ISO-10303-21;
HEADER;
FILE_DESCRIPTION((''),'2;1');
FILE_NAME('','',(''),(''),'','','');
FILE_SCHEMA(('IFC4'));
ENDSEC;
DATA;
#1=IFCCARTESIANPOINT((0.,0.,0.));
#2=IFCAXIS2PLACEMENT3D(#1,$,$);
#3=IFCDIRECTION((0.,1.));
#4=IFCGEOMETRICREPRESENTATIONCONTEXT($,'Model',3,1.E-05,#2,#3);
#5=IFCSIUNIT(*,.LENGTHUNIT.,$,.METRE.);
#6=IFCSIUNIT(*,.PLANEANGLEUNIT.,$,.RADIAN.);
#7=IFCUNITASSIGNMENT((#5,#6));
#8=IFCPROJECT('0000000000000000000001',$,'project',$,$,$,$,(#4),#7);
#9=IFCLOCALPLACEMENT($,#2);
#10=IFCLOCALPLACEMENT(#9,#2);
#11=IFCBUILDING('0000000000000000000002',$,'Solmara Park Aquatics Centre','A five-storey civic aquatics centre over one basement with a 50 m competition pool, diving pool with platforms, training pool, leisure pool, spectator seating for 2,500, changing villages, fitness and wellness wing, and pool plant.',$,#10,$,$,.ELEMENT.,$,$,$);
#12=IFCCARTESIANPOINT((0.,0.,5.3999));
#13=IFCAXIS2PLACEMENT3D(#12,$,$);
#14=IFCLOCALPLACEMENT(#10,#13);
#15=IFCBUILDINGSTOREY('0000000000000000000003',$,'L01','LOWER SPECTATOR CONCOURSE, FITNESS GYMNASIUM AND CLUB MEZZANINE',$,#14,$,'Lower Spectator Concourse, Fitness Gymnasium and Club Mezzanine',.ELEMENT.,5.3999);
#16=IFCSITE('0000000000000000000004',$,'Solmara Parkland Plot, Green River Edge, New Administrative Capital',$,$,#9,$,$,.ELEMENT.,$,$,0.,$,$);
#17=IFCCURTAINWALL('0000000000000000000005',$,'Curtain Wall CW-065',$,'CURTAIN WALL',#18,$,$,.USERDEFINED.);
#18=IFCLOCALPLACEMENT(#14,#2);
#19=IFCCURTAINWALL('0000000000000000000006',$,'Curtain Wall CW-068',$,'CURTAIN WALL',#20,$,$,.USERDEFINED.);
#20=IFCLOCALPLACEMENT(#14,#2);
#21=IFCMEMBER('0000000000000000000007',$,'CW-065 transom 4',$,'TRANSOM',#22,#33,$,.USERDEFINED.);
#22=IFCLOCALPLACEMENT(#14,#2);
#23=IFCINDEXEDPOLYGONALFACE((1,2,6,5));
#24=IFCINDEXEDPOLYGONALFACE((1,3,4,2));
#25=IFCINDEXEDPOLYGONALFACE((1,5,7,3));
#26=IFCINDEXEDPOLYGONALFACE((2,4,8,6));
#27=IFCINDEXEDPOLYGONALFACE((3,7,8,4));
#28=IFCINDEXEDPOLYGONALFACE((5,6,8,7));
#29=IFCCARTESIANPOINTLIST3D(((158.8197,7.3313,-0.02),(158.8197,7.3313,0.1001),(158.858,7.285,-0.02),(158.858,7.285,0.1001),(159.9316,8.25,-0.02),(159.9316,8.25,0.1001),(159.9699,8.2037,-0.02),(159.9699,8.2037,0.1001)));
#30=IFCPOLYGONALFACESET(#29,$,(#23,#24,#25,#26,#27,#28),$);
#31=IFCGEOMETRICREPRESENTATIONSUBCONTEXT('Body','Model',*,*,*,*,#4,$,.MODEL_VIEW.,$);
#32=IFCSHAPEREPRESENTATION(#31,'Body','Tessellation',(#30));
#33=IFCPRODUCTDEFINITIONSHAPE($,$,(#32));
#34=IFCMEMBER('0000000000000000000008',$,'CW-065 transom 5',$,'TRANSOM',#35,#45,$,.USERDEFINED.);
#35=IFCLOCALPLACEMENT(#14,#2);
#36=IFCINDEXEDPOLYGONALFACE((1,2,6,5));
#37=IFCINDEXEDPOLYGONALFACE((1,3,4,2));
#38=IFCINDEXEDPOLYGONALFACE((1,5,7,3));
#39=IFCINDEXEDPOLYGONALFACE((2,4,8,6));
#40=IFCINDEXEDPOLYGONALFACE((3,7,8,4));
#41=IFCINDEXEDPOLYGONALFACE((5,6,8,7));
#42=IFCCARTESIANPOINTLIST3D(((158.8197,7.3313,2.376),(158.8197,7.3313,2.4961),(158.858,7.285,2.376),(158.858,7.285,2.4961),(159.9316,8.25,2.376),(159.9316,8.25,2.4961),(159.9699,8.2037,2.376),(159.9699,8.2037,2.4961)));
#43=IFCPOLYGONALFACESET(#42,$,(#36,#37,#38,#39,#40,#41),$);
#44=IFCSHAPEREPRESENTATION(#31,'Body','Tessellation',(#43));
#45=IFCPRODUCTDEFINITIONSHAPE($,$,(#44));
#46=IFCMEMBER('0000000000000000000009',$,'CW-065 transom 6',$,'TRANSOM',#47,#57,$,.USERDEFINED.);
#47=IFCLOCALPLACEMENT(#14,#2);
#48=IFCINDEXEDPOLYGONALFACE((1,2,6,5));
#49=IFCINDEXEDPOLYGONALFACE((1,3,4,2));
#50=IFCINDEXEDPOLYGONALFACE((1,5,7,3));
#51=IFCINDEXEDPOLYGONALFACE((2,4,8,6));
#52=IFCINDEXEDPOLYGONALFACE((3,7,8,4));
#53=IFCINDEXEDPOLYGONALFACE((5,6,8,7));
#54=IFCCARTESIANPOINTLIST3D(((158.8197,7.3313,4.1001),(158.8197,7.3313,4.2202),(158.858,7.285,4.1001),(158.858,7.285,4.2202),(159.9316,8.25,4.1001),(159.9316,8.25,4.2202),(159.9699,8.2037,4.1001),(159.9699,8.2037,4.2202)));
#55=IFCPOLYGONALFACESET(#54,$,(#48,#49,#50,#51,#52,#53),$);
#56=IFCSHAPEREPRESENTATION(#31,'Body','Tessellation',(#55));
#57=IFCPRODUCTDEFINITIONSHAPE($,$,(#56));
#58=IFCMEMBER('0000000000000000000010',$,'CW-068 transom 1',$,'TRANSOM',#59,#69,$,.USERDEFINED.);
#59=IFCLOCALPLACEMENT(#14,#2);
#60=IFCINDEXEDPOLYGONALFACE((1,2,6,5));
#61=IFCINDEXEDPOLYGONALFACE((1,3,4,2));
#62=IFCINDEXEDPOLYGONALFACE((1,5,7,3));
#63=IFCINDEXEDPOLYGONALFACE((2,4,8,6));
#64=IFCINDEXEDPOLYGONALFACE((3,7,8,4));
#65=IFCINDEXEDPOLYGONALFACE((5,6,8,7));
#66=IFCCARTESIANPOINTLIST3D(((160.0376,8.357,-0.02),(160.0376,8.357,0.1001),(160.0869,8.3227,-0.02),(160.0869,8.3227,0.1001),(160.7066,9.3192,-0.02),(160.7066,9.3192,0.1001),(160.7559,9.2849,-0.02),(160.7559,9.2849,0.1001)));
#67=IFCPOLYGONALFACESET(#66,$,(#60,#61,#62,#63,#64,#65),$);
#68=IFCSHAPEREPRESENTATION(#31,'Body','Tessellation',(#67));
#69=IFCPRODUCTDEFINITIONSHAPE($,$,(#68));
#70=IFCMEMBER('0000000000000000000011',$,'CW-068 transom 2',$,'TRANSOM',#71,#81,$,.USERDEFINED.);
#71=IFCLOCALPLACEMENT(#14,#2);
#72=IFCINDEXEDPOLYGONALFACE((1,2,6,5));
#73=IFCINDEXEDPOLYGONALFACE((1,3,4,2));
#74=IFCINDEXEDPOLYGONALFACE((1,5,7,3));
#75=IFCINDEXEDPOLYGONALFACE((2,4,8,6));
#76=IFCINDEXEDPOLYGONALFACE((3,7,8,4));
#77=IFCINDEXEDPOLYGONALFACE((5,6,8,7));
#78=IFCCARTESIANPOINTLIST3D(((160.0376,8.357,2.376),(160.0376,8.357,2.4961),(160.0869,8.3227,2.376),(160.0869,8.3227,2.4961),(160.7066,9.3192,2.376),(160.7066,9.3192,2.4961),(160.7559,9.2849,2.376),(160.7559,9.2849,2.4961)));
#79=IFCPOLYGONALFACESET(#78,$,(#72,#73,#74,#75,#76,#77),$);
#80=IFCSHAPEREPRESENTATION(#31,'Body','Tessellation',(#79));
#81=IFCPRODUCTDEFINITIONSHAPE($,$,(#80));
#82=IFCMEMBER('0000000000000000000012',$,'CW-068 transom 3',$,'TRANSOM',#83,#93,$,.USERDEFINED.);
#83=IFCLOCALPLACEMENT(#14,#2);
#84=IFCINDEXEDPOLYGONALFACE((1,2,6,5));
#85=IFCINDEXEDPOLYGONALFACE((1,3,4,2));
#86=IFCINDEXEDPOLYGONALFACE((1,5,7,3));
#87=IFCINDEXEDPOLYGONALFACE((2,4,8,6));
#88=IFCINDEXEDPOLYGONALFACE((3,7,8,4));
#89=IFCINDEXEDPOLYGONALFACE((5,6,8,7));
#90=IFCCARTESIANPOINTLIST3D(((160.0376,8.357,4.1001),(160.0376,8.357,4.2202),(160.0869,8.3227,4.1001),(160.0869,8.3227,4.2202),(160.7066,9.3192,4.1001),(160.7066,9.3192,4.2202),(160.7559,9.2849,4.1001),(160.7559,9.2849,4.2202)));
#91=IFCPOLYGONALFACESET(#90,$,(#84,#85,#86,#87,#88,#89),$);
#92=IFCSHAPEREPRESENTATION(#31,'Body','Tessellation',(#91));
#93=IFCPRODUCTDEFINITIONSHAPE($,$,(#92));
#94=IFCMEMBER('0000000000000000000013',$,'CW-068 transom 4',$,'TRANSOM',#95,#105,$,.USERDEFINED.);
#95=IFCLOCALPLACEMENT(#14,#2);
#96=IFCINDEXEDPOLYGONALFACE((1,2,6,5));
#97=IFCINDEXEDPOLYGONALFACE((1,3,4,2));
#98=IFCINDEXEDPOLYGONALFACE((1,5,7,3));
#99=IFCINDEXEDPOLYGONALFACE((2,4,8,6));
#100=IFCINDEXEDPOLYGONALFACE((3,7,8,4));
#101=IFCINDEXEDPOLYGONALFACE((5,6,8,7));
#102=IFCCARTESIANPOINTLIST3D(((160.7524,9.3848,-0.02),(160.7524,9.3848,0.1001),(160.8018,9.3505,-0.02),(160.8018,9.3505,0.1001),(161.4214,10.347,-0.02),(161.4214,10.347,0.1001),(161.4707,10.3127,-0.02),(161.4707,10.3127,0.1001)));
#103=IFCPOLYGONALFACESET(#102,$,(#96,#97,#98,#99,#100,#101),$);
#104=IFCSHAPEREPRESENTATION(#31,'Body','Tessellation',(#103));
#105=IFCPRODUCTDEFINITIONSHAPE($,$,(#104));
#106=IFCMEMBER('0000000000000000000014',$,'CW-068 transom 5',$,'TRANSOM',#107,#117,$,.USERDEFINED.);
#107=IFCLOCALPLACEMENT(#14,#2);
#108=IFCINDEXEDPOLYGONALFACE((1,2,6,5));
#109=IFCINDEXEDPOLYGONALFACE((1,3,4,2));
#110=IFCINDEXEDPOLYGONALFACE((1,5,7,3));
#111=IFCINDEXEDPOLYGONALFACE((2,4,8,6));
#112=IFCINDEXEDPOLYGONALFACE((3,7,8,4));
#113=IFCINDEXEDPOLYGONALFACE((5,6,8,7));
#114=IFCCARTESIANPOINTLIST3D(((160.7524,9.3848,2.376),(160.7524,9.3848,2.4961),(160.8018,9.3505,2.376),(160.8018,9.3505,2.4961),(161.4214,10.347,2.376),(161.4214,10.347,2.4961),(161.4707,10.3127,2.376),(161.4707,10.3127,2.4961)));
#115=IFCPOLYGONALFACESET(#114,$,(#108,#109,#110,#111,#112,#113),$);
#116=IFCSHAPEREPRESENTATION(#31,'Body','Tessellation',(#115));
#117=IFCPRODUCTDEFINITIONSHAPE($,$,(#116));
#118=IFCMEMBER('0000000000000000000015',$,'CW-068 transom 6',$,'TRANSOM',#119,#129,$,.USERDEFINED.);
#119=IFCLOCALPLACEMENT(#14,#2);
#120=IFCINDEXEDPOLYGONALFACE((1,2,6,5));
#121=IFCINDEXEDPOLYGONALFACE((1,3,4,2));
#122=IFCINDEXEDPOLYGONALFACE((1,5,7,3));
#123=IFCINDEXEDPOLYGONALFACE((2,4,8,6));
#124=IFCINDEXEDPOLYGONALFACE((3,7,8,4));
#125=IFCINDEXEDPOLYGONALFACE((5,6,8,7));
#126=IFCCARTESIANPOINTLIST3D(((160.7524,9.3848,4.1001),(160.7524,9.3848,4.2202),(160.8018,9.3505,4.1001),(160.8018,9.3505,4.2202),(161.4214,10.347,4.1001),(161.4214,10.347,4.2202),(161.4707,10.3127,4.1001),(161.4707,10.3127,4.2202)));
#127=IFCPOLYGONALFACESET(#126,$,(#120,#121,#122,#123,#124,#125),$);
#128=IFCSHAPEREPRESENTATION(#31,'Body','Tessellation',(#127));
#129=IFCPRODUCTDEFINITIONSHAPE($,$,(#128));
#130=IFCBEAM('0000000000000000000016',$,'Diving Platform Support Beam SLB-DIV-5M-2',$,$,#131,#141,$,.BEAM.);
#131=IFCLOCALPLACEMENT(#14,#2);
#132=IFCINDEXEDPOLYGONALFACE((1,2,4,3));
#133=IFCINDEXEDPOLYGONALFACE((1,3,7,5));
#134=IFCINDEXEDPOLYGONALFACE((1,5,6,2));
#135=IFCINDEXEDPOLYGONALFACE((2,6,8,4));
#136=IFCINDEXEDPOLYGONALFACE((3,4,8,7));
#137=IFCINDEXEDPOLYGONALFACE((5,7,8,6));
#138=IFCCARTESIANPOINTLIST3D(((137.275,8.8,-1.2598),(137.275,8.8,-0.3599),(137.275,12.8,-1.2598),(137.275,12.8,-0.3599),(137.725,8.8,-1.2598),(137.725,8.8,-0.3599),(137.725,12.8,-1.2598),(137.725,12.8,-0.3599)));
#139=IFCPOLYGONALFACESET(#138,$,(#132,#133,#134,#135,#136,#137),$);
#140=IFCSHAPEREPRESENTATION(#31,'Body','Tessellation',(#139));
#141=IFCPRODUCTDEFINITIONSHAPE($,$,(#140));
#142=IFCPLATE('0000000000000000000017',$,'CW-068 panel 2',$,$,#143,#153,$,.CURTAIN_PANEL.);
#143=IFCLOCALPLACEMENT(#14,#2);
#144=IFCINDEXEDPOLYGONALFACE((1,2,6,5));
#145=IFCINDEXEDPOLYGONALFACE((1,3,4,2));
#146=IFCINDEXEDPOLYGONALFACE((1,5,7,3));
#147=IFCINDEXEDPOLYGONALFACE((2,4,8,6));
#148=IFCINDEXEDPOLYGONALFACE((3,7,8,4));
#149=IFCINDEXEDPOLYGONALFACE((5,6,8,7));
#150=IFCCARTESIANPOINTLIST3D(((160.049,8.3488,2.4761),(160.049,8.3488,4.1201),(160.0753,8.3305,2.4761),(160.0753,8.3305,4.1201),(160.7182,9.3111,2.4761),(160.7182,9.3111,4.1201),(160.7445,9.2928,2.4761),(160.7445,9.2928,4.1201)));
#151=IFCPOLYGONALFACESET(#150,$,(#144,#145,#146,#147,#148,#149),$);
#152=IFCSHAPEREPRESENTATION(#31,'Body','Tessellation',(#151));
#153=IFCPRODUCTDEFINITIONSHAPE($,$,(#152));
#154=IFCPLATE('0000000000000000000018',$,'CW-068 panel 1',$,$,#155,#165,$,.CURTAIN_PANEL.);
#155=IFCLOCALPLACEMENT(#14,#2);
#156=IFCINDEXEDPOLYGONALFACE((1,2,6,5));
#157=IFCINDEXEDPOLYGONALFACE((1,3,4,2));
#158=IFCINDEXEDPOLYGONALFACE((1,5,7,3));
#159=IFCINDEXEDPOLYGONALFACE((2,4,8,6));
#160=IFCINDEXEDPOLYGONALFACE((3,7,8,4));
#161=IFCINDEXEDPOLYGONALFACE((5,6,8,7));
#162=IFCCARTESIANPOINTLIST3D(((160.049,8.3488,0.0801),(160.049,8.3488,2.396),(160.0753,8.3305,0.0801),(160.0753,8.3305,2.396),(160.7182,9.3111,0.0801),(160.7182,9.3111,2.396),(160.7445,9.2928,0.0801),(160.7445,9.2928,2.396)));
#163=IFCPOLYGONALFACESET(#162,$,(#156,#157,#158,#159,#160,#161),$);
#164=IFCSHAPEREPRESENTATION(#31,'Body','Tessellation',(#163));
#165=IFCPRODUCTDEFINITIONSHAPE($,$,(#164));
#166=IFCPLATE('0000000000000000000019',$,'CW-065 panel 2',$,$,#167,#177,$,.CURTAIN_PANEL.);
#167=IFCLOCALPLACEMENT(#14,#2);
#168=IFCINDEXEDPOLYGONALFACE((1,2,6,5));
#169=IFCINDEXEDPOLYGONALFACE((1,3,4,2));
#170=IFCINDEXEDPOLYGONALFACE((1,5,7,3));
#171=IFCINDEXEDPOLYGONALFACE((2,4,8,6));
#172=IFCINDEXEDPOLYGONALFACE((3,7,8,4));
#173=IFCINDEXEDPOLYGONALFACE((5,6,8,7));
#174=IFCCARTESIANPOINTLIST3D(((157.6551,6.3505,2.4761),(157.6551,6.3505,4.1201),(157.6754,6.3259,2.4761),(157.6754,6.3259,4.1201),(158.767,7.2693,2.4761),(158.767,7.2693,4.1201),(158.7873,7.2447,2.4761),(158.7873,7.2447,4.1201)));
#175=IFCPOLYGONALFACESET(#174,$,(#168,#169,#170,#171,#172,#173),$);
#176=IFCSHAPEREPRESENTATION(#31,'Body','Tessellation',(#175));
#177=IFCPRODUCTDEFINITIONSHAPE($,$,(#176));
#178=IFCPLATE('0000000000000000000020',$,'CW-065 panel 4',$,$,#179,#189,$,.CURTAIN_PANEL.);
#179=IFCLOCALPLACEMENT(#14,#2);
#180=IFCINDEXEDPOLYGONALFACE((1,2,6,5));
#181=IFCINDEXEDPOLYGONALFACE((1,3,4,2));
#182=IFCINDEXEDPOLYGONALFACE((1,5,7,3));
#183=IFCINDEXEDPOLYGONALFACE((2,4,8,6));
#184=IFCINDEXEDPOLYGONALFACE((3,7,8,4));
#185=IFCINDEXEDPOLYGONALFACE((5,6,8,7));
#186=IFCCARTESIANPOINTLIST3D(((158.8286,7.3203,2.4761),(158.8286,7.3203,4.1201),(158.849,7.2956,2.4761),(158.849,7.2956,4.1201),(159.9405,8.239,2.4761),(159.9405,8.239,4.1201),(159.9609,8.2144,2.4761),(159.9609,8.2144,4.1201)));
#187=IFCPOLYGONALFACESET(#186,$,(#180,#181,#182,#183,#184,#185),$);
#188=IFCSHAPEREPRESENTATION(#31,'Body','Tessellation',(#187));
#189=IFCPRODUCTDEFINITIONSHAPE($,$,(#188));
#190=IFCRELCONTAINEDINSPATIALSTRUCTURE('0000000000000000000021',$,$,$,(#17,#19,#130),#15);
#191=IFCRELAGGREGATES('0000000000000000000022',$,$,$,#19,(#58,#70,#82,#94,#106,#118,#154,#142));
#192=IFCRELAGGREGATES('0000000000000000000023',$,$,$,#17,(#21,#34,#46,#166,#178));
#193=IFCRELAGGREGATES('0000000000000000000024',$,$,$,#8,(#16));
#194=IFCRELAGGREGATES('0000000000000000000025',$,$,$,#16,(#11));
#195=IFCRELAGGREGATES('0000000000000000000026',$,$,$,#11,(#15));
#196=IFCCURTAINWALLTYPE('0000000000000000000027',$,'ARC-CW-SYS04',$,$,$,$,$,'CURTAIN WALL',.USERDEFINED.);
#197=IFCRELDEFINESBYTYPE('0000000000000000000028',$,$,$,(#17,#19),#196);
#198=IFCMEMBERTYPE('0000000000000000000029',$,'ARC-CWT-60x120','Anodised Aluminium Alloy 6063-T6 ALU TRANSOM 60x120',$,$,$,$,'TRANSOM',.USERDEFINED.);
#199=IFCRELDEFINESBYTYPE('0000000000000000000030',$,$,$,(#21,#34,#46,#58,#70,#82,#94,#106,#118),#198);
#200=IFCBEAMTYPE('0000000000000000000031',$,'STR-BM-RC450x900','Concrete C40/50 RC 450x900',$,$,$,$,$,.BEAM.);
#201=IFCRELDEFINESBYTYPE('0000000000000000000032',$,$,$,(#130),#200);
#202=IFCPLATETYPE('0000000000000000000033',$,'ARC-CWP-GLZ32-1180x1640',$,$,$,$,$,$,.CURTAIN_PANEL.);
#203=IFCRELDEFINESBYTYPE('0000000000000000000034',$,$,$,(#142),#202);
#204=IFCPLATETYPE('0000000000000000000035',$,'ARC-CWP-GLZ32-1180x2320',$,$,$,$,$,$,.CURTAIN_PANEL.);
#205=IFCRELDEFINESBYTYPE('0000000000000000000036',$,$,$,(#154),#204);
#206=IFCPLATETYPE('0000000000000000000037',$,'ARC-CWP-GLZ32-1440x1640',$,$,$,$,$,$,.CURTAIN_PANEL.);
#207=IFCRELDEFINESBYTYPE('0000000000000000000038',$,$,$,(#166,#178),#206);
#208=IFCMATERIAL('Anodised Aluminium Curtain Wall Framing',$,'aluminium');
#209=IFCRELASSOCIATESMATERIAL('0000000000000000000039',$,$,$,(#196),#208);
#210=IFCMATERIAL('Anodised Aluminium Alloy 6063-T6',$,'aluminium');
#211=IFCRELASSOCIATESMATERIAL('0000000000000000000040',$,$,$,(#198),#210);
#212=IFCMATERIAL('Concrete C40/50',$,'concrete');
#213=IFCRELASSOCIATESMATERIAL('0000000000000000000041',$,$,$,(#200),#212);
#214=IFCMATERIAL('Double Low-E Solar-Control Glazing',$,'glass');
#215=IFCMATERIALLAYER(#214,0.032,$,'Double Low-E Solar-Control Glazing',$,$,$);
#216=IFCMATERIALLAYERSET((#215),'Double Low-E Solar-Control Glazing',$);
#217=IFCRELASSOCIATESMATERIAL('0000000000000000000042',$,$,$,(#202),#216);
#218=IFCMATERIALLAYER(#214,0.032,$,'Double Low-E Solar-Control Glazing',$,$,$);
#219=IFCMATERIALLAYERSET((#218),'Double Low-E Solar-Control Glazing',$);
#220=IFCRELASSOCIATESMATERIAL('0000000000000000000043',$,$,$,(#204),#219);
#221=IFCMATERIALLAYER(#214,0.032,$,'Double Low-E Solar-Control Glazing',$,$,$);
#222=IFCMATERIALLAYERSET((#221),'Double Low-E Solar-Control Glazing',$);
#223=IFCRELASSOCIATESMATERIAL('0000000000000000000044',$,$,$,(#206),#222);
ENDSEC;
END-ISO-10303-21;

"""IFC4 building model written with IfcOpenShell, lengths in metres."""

from ifc_helpers import new_model, si_unit, direction, frame, origin, origin_2d, place, context, subcontext, project, spatial, rectangle, extrude, material, layer, layer_set, material_profile, profile_set, type_object, element, aggregate, save


model = new_model("IFC4")

# Units and contexts
model_context = context("Model", 3, precision=1e-05, world=origin(), true_north=direction((0.0, 1.0)))
body_context = subcontext(model_context, "Body", "Model", "MODEL_VIEW")
ifc_project = project(units=[si_unit("LENGTHUNIT", "METRE"), si_unit("PLANEANGLEUNIT", "RADIAN")], contexts=[model_context])

# Site, building, storey
site_placement = place(None, origin())
site = spatial("IfcSite", under=ifc_project, at=site_placement, Name="Solmara Parkland Plot, Green River Edge, New Administrative Capital", CompositionType="ELEMENT", RefElevation=0.0)
building_placement = place(site_placement, origin())
building = spatial("IfcBuilding", under=site, at=building_placement, Name="Solmara Park Aquatics Centre", Description="A five-storey civic aquatics centre over one basement with a 50 m competition pool, diving pool with platforms, training pool, leisure pool, spectator seating for 2,500, changing villages, fitness and wellness wing, and pool plant.", CompositionType="ELEMENT")
storey_placement = place(building_placement, frame((0.0, 0.0, 5.3999)))
storey = spatial("IfcBuildingStorey", under=building, at=storey_placement, Name="L01", Description="LOWER SPECTATOR CONCOURSE, FITNESS GYMNASIUM AND CLUB MEZZANINE", LongName="Lower Spectator Concourse, Fitness Gymnasium and Club Mezzanine", CompositionType="ELEMENT", Elevation=5.3999)

# Shared definitions
ifc_material_1 = material(Name="Concrete C40/50", Category="concrete")

# Curtain walls
ifc_material_2 = material(Name="Anodised Aluminium Curtain Wall Framing", Category="aluminium")
curtain_wall_type = type_object("IfcCurtainWallType", Name="ARC-CW-SYS04", ElementType="CURTAIN WALL", PredefinedType="USERDEFINED", material=ifc_material_2)
ifc_material_3 = material(Name="Anodised Aluminium Alloy 6063-T6", Category="aluminium")
curtain_wall_1_placement = place(storey_placement, origin())
curtain_wall_1 = element("IfcCurtainWall", 1, at=curtain_wall_1_placement, inside=storey, type_object=curtain_wall_type, Name="Curtain Wall CW-065", ObjectType="CURTAIN WALL", PredefinedType="USERDEFINED")
curtain_wall_2_placement = place(storey_placement, origin())
curtain_wall_2 = element("IfcCurtainWall", 2, at=curtain_wall_2_placement, inside=storey, type_object=curtain_wall_type, Name="Curtain Wall CW-068", ObjectType="CURTAIN WALL", PredefinedType="USERDEFINED")

# Members
ifc_material_profile_1 = material_profile(ifc_material_3, rectangle(XDim=0.0601, YDim=0.1201, at=origin_2d()), Name="ALU TRANSOM 60x120")
ifc_profile_set_1 = profile_set([ifc_material_profile_1], Name="Anodised Aluminium Alloy 6063-T6")
member_type_1 = type_object("IfcMemberType", Name="ARC-CWT-60x120", Description="Anodised Aluminium Alloy 6063-T6 ALU TRANSOM 60x120", ElementType="TRANSOM", PredefinedType="USERDEFINED", material=ifc_profile_set_1)
member_1_placement = place(storey_placement, frame((158.8389, 7.3081, 0.04), z_axis=(0.770879, 0.636982, 0.0), x_axis=(-0.636982, 0.770879, 0.0)))
member_1 = element("IfcMember", 3, at=member_1_placement, type_object=member_type_1, Name="CW-065 transom 4", ObjectType="TRANSOM", PredefinedType="USERDEFINED", context=body_context, shape_type="SweptSolid", body=[
    extrude(rectangle(XDim=0.0601, YDim=0.1201, at=origin_2d()), origin(), (0.0, 0.0, 1.0), 1.4424),
])
member_2_placement = place(storey_placement, frame((158.8389, 7.3081, 2.436), z_axis=(0.770879, 0.636982, 0.0), x_axis=(-0.636982, 0.770879, 0.0)))
member_2 = element("IfcMember", 4, at=member_2_placement, type_object=member_type_1, Name="CW-065 transom 5", ObjectType="TRANSOM", PredefinedType="USERDEFINED", context=body_context, shape_type="SweptSolid", body=[
    extrude(rectangle(XDim=0.0601, YDim=0.1201, at=origin_2d()), origin(), (0.0, 0.0, 1.0), 1.4424),
])
member_3_placement = place(storey_placement, frame((158.8389, 7.3081, 4.1602), z_axis=(0.770879, 0.636982, 0.0), x_axis=(-0.636982, 0.770879, 0.0)))
member_3 = element("IfcMember", 5, at=member_3_placement, type_object=member_type_1, Name="CW-065 transom 6", ObjectType="TRANSOM", PredefinedType="USERDEFINED", context=body_context, shape_type="SweptSolid", body=[
    extrude(rectangle(XDim=0.0601, YDim=0.1201, at=origin_2d()), origin(), (0.0, 0.0, 1.0), 1.4424),
])
member_4_placement = place(storey_placement, frame((160.0623, 8.3398, 0.04), z_axis=(0.570845, 0.821058, 0.0), x_axis=(-0.821058, 0.570845, 0.0)))
member_4 = element("IfcMember", 6, at=member_4_placement, type_object=member_type_1, Name="CW-068 transom 1", ObjectType="TRANSOM", PredefinedType="USERDEFINED", context=body_context, shape_type="SweptSolid", body=[
    extrude(rectangle(XDim=0.0601, YDim=0.1201, at=origin_2d()), origin(), (0.0, 0.0, 1.0), 1.1719),
])
member_5_placement = place(storey_placement, frame((160.0623, 8.3398, 2.436), z_axis=(0.570845, 0.821058, 0.0), x_axis=(-0.821058, 0.570845, 0.0)))
member_5 = element("IfcMember", 7, at=member_5_placement, type_object=member_type_1, Name="CW-068 transom 2", ObjectType="TRANSOM", PredefinedType="USERDEFINED", context=body_context, shape_type="SweptSolid", body=[
    extrude(rectangle(XDim=0.0601, YDim=0.1201, at=origin_2d()), origin(), (0.0, 0.0, 1.0), 1.1719),
])
member_6_placement = place(storey_placement, frame((160.0623, 8.3398, 4.1602), z_axis=(0.570845, 0.821058, 0.0), x_axis=(-0.821058, 0.570845, 0.0)))
member_6 = element("IfcMember", 8, at=member_6_placement, type_object=member_type_1, Name="CW-068 transom 3", ObjectType="TRANSOM", PredefinedType="USERDEFINED", context=body_context, shape_type="SweptSolid", body=[
    extrude(rectangle(XDim=0.0601, YDim=0.1201, at=origin_2d()), origin(), (0.0, 0.0, 1.0), 1.1719),
])
member_7_placement = place(storey_placement, frame((160.7771, 9.3677, 0.04), z_axis=(0.570845, 0.821058, 0.0), x_axis=(-0.821058, 0.570845, 0.0)))
member_7 = element("IfcMember", 9, at=member_7_placement, type_object=member_type_1, Name="CW-068 transom 4", ObjectType="TRANSOM", PredefinedType="USERDEFINED", context=body_context, shape_type="SweptSolid", body=[
    extrude(rectangle(XDim=0.0601, YDim=0.1201, at=origin_2d()), origin(), (0.0, 0.0, 1.0), 1.1719),
])
member_8_placement = place(storey_placement, frame((160.7771, 9.3677, 2.436), z_axis=(0.570845, 0.821058, 0.0), x_axis=(-0.821058, 0.570845, 0.0)))
member_8 = element("IfcMember", 10, at=member_8_placement, type_object=member_type_1, Name="CW-068 transom 5", ObjectType="TRANSOM", PredefinedType="USERDEFINED", context=body_context, shape_type="SweptSolid", body=[
    extrude(rectangle(XDim=0.0601, YDim=0.1201, at=origin_2d()), origin(), (0.0, 0.0, 1.0), 1.1719),
])
member_9_placement = place(storey_placement, frame((160.7771, 9.3677, 4.1602), z_axis=(0.570845, 0.821058, 0.0), x_axis=(-0.821058, 0.570845, 0.0)))
member_9 = element("IfcMember", 11, at=member_9_placement, type_object=member_type_1, Name="CW-068 transom 6", ObjectType="TRANSOM", PredefinedType="USERDEFINED", context=body_context, shape_type="SweptSolid", body=[
    extrude(rectangle(XDim=0.0601, YDim=0.1201, at=origin_2d()), origin(), (0.0, 0.0, 1.0), 1.1719),
])

# Beam
ifc_material_profile_2 = material_profile(ifc_material_1, rectangle(XDim=0.45, YDim=0.8999, at=origin_2d()), Name="RC 450x900")
ifc_profile_set_2 = profile_set([ifc_material_profile_2], Name="Concrete C40/50")
beam_type = type_object("IfcBeamType", Name="STR-BM-RC450x900", Description="Concrete C40/50 RC 450x900", PredefinedType="BEAM", material=ifc_profile_set_2)
beam_placement = place(storey_placement, frame((137.5, 8.8, -0.8098), z_axis=(0.0, 1.0, 0.0), x_axis=(-1.0, 0.0, 0.0)))
element("IfcBeam", 12, at=beam_placement, inside=storey, type_object=beam_type, Name="Diving Platform Support Beam SLB-DIV-5M-2", PredefinedType="BEAM", context=body_context, shape_type="SweptSolid", body=[
    extrude(rectangle(XDim=0.45, YDim=0.8999, at=origin_2d()), origin(), (0.0, 0.0, 1.0), 4.0),
])

# Plates
ifc_material_4 = material(Name="Double Low-E Solar-Control Glazing", Category="glass")
ifc_layer_1 = layer(ifc_material_4, 0.032, Name="Double Low-E Solar-Control Glazing")
ifc_layer_set_1 = layer_set([ifc_layer_1], Name="Double Low-E Solar-Control Glazing")
plate_type_1 = type_object("IfcPlateType", Name="ARC-CWP-GLZ32-1180x1640", PredefinedType="CURTAIN_PANEL", material=ifc_layer_set_1)
plate_1_placement = place(storey_placement, frame((160.3967, 8.8208, 2.4761), z_axis=(0.0, 0.0, 1.0), x_axis=(0.570927, 0.821001, 0.0)))
plate_1 = element("IfcPlate", 13, at=plate_1_placement, type_object=plate_type_1, Name="CW-068 panel 2", PredefinedType="CURTAIN_PANEL", context=body_context, shape_type="SweptSolid", body=[
    extrude(rectangle(XDim=1.1721, YDim=0.032, at=origin_2d()), origin(), (0.0, 0.0, 1.0), 1.644),
])
ifc_layer_2 = layer(ifc_material_4, 0.032, Name="Double Low-E Solar-Control Glazing")
ifc_layer_set_2 = layer_set([ifc_layer_2], Name="Double Low-E Solar-Control Glazing")
plate_type_2 = type_object("IfcPlateType", Name="ARC-CWP-GLZ32-1180x2320", PredefinedType="CURTAIN_PANEL", material=ifc_layer_set_2)
plate_2_placement = place(storey_placement, frame((160.3967, 8.8208, 0.0801), z_axis=(0.0, 0.0, 1.0), x_axis=(0.570927, 0.821001, 0.0)))
plate_2 = element("IfcPlate", 14, at=plate_2_placement, type_object=plate_type_2, Name="CW-068 panel 1", PredefinedType="CURTAIN_PANEL", context=body_context, shape_type="SweptSolid", body=[
    extrude(rectangle(XDim=1.1721, YDim=0.032, at=origin_2d()), origin(), (0.0, 0.0, 1.0), 2.3159),
])
aggregate(curtain_wall_2, [member_4, member_5, member_6, member_7, member_8, member_9, plate_2, plate_1])
ifc_layer_3 = layer(ifc_material_4, 0.032, Name="Double Low-E Solar-Control Glazing")
ifc_layer_set_3 = layer_set([ifc_layer_3], Name="Double Low-E Solar-Control Glazing")
plate_type_3 = type_object("IfcPlateType", Name="ARC-CWP-GLZ32-1440x1640", PredefinedType="CURTAIN_PANEL", material=ifc_layer_set_3)
plate_3_placement = place(storey_placement, frame((158.2212, 6.7976, 2.4761), z_axis=(0.0, 0.0, 1.0), x_axis=(0.770877, 0.636984, 0.0)))
plate_3 = element("IfcPlate", 15, at=plate_3_placement, type_object=plate_type_3, Name="CW-065 panel 2", PredefinedType="CURTAIN_PANEL", context=body_context, shape_type="SweptSolid", body=[
    extrude(rectangle(XDim=1.4424, YDim=0.032, at=origin_2d()), origin(), (0.0, 0.0, 1.0), 1.644),
])
plate_4_placement = place(storey_placement, frame((159.3948, 7.7673, 2.4761), z_axis=(0.0, 0.0, 1.0), x_axis=(0.770877, 0.636984, 0.0)))
plate_4 = element("IfcPlate", 16, at=plate_4_placement, type_object=plate_type_3, Name="CW-065 panel 4", PredefinedType="CURTAIN_PANEL", context=body_context, shape_type="SweptSolid", body=[
    extrude(rectangle(XDim=1.4424, YDim=0.032, at=origin_2d()), origin(), (0.0, 0.0, 1.0), 1.644),
])
aggregate(curtain_wall_1, [member_1, member_2, member_3, plate_3, plate_4])

save(model, "model.ifc")
